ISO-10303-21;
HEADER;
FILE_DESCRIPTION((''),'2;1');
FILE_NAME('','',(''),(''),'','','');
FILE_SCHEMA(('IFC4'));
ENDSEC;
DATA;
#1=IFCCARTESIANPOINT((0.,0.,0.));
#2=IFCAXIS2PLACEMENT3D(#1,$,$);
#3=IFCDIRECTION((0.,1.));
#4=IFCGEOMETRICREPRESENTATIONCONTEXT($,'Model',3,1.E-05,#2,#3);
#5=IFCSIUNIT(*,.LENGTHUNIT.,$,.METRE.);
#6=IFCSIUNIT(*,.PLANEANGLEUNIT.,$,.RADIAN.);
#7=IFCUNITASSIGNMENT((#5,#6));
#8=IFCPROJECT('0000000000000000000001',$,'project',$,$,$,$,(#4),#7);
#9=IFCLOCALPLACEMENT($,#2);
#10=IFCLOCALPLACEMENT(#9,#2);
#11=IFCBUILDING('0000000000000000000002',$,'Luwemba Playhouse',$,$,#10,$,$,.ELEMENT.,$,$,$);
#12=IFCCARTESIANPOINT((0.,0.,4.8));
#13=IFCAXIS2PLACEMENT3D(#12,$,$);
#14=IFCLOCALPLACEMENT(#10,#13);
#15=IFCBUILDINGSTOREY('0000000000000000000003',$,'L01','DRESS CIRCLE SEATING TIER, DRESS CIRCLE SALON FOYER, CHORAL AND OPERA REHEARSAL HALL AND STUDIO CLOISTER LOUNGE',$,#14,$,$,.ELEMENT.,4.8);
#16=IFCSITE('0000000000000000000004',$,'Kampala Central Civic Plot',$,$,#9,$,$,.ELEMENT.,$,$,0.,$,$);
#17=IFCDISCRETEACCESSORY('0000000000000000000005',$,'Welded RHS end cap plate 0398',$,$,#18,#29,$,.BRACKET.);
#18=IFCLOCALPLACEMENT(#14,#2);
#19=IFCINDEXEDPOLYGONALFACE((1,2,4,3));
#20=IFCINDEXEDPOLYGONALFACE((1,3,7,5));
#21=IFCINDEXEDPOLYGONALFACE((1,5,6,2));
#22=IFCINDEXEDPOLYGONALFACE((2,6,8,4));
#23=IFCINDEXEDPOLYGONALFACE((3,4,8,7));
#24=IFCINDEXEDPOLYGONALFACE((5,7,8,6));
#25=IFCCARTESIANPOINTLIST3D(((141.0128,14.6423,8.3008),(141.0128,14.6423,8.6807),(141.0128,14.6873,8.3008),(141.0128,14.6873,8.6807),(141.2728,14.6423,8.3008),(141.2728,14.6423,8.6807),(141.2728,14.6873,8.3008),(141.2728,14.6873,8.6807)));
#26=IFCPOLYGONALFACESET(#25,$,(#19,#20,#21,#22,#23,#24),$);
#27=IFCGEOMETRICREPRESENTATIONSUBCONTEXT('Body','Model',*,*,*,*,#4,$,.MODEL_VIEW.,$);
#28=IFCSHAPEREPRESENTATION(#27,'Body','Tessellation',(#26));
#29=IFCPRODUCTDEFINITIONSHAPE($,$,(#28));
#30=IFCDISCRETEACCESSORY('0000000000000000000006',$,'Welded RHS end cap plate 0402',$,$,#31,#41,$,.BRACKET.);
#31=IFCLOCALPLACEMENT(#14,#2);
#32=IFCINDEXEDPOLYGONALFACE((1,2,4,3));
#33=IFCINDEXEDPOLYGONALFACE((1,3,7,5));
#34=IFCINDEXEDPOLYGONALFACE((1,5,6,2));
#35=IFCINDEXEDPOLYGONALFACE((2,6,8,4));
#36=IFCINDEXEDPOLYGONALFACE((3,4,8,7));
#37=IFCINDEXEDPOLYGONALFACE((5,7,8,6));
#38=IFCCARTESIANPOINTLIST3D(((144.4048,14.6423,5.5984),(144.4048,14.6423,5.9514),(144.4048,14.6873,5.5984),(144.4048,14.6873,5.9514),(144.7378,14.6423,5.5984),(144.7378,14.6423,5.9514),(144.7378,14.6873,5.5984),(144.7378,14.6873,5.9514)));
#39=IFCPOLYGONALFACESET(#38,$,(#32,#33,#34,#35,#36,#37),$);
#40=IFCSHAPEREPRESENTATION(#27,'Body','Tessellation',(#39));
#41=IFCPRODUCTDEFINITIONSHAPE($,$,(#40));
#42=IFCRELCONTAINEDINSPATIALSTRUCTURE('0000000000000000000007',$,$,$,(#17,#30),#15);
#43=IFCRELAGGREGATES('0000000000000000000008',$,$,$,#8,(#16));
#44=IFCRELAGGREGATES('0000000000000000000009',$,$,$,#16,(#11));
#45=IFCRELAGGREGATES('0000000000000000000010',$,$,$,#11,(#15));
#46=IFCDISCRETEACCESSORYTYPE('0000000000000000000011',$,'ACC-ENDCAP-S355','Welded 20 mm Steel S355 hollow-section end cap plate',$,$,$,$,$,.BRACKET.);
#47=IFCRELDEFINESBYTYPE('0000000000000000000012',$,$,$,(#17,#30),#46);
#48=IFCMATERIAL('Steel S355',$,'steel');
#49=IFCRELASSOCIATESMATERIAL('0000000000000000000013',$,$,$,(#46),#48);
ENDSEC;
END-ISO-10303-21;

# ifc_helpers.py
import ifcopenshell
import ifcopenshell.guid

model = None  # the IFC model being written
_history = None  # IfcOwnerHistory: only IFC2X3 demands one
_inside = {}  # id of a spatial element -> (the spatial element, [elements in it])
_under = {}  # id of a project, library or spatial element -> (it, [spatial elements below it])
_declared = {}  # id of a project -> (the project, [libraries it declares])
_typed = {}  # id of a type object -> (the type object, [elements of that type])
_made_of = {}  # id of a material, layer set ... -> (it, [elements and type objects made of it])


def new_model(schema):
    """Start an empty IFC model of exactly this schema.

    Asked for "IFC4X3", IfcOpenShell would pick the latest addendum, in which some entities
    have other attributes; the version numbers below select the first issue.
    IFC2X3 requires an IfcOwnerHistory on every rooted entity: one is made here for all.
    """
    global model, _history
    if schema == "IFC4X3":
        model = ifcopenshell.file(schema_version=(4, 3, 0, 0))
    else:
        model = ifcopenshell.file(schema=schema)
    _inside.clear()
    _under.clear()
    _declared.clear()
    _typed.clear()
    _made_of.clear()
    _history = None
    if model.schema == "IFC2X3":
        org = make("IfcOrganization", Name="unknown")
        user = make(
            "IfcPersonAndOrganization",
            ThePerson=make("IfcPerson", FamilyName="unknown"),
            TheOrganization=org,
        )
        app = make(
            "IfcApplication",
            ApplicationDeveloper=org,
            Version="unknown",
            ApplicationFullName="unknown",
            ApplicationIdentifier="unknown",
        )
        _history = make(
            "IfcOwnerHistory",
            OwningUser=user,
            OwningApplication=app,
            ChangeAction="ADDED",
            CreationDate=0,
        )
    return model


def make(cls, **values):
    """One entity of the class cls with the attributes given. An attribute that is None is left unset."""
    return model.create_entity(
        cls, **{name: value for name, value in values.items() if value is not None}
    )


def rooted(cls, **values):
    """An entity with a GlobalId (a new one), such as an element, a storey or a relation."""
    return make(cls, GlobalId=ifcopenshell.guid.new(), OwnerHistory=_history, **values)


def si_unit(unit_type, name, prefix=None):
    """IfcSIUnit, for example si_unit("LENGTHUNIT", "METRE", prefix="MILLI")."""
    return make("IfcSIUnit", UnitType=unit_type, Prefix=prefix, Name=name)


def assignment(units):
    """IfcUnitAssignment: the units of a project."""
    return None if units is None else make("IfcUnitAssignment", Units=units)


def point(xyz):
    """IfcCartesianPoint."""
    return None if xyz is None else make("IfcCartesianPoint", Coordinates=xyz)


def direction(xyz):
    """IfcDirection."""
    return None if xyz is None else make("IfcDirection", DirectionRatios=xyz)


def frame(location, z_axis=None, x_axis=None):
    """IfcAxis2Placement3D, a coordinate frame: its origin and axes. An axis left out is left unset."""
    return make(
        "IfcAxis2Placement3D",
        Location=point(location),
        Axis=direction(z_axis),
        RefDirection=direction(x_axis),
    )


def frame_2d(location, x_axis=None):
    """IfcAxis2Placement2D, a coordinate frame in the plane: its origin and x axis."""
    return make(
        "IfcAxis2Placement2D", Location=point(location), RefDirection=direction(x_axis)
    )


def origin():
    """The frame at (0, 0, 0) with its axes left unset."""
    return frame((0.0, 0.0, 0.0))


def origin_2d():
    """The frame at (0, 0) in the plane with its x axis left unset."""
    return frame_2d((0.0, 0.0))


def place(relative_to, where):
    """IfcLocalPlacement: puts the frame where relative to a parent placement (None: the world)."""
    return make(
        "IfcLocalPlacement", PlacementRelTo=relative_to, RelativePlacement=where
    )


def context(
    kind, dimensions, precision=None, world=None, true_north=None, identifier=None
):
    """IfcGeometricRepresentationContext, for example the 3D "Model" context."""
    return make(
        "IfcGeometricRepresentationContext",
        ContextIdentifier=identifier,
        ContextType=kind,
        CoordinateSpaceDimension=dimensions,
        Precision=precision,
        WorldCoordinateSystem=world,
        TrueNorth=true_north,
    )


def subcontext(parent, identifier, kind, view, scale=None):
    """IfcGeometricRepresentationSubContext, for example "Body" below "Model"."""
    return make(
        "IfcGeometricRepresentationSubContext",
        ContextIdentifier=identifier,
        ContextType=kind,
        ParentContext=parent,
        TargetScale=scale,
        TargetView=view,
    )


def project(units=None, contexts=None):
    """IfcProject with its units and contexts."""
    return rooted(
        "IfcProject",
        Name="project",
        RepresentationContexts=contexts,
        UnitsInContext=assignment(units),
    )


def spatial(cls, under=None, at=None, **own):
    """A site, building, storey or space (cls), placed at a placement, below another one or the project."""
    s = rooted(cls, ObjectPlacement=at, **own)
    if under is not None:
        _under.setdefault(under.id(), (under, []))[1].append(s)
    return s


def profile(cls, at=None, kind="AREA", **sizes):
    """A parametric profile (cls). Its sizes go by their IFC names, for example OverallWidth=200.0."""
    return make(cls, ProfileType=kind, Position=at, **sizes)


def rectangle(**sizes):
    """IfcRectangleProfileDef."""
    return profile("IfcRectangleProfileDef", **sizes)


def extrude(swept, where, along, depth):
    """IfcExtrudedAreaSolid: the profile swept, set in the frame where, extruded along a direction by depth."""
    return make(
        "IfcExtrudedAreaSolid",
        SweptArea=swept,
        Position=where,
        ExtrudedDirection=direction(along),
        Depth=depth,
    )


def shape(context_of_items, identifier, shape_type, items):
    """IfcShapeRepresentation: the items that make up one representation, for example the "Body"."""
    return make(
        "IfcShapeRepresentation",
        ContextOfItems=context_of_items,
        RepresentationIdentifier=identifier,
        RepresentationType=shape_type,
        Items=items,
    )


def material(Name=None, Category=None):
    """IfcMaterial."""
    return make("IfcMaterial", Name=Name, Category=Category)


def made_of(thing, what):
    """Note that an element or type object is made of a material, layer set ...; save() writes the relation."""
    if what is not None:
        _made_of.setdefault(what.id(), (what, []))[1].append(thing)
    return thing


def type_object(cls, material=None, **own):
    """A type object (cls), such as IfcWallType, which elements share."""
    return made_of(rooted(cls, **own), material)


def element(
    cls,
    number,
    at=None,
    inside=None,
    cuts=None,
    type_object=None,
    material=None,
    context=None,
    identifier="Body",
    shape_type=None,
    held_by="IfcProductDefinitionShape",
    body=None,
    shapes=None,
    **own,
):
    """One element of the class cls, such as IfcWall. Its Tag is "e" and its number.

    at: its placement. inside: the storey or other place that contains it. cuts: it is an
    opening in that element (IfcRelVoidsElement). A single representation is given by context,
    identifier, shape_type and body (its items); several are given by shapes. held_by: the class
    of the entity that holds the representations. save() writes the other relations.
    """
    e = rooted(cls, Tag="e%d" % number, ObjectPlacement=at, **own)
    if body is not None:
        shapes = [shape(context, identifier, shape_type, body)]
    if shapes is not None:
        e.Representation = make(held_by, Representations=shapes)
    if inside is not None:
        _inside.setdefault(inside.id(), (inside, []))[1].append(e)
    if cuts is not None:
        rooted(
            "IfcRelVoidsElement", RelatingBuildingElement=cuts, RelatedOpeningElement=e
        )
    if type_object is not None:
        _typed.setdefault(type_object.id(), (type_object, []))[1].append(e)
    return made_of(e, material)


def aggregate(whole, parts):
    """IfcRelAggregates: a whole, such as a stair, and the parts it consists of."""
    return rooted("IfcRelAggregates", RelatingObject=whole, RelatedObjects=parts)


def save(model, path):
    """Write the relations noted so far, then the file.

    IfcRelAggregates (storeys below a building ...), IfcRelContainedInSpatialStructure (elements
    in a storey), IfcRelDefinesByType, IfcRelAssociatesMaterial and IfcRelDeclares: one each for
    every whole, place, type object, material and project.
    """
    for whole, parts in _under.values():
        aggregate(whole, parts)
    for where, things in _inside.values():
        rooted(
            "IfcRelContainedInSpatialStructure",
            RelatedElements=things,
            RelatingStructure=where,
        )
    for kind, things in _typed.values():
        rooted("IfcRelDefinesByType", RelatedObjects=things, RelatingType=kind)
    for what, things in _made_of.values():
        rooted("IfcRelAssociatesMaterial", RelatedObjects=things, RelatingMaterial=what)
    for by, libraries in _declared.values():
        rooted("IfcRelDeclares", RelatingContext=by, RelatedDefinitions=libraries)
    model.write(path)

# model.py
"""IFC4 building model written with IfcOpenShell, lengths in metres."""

from ifc_helpers import new_model, si_unit, direction, frame, origin, origin_2d, place, context, subcontext, project, spatial, rectangle, extrude, material, type_object, element, save


model = new_model("IFC4")

# Units and contexts
model_context = context("Model", 3, precision=1e-05, world=origin(), true_north=direction((0.0, 1.0)))
body_context = subcontext(model_context, "Body", "Model", "MODEL_VIEW")
ifc_project = project(units=[si_unit("LENGTHUNIT", "METRE"), si_unit("PLANEANGLEUNIT", "RADIAN")], contexts=[model_context])

# Site, building, storey
site_placement = place(None, origin())
site = spatial("IfcSite", under=ifc_project, at=site_placement, Name="Kampala Central Civic Plot", CompositionType="ELEMENT", RefElevation=0.0)
building_placement = place(site_placement, origin())
building = spatial("IfcBuilding", under=site, at=building_placement, Name="Luwemba Playhouse", CompositionType="ELEMENT")
storey_placement = place(building_placement, frame((0.0, 0.0, 4.8)))
storey = spatial("IfcBuildingStorey", under=building, at=storey_placement, Name="L01", Description="DRESS CIRCLE SEATING TIER, DRESS CIRCLE SALON FOYER, CHORAL AND OPERA REHEARSAL HALL AND STUDIO CLOISTER LOUNGE", CompositionType="ELEMENT", Elevation=4.8)

# Shared definitions
ifc_material_1 = material(Name="Steel S355", Category="steel")

# Discrete accessories
discrete_accessory_type = type_object("IfcDiscreteAccessoryType", Name="ACC-ENDCAP-S355", Description="Welded 20 mm Steel S355 hollow-section end cap plate", PredefinedType="BRACKET", material=ifc_material_1)
discrete_accessory_1_placement = place(storey_placement, frame((141.1428, 14.6648, 8.3008), z_axis=(0.0, 0.0, 1.0), x_axis=(1.0, 0.0, 0.0)))
element("IfcDiscreteAccessory", 1, at=discrete_accessory_1_placement, inside=storey, type_object=discrete_accessory_type, Name="Welded RHS end cap plate 0398", PredefinedType="BRACKET", context=body_context, shape_type="SweptSolid", body=[
    extrude(rectangle(XDim=0.26, YDim=0.0449, at=origin_2d()), origin(), (0.0, 0.0, 1.0), 0.3799),
])
discrete_accessory_2_placement = place(storey_placement, frame((144.5713, 14.6648, 5.5984), z_axis=(0.0, 0.0, 1.0), x_axis=(1.0, 0.0, 0.0)))
element("IfcDiscreteAccessory", 2, at=discrete_accessory_2_placement, inside=storey, type_object=discrete_accessory_type, Name="Welded RHS end cap plate 0402", PredefinedType="BRACKET", context=body_context, shape_type="SweptSolid", body=[
    extrude(rectangle(XDim=0.333, YDim=0.0449, at=origin_2d()), origin(), (0.0, 0.0, 1.0), 0.353),
])

save(model, "model.ifc")
